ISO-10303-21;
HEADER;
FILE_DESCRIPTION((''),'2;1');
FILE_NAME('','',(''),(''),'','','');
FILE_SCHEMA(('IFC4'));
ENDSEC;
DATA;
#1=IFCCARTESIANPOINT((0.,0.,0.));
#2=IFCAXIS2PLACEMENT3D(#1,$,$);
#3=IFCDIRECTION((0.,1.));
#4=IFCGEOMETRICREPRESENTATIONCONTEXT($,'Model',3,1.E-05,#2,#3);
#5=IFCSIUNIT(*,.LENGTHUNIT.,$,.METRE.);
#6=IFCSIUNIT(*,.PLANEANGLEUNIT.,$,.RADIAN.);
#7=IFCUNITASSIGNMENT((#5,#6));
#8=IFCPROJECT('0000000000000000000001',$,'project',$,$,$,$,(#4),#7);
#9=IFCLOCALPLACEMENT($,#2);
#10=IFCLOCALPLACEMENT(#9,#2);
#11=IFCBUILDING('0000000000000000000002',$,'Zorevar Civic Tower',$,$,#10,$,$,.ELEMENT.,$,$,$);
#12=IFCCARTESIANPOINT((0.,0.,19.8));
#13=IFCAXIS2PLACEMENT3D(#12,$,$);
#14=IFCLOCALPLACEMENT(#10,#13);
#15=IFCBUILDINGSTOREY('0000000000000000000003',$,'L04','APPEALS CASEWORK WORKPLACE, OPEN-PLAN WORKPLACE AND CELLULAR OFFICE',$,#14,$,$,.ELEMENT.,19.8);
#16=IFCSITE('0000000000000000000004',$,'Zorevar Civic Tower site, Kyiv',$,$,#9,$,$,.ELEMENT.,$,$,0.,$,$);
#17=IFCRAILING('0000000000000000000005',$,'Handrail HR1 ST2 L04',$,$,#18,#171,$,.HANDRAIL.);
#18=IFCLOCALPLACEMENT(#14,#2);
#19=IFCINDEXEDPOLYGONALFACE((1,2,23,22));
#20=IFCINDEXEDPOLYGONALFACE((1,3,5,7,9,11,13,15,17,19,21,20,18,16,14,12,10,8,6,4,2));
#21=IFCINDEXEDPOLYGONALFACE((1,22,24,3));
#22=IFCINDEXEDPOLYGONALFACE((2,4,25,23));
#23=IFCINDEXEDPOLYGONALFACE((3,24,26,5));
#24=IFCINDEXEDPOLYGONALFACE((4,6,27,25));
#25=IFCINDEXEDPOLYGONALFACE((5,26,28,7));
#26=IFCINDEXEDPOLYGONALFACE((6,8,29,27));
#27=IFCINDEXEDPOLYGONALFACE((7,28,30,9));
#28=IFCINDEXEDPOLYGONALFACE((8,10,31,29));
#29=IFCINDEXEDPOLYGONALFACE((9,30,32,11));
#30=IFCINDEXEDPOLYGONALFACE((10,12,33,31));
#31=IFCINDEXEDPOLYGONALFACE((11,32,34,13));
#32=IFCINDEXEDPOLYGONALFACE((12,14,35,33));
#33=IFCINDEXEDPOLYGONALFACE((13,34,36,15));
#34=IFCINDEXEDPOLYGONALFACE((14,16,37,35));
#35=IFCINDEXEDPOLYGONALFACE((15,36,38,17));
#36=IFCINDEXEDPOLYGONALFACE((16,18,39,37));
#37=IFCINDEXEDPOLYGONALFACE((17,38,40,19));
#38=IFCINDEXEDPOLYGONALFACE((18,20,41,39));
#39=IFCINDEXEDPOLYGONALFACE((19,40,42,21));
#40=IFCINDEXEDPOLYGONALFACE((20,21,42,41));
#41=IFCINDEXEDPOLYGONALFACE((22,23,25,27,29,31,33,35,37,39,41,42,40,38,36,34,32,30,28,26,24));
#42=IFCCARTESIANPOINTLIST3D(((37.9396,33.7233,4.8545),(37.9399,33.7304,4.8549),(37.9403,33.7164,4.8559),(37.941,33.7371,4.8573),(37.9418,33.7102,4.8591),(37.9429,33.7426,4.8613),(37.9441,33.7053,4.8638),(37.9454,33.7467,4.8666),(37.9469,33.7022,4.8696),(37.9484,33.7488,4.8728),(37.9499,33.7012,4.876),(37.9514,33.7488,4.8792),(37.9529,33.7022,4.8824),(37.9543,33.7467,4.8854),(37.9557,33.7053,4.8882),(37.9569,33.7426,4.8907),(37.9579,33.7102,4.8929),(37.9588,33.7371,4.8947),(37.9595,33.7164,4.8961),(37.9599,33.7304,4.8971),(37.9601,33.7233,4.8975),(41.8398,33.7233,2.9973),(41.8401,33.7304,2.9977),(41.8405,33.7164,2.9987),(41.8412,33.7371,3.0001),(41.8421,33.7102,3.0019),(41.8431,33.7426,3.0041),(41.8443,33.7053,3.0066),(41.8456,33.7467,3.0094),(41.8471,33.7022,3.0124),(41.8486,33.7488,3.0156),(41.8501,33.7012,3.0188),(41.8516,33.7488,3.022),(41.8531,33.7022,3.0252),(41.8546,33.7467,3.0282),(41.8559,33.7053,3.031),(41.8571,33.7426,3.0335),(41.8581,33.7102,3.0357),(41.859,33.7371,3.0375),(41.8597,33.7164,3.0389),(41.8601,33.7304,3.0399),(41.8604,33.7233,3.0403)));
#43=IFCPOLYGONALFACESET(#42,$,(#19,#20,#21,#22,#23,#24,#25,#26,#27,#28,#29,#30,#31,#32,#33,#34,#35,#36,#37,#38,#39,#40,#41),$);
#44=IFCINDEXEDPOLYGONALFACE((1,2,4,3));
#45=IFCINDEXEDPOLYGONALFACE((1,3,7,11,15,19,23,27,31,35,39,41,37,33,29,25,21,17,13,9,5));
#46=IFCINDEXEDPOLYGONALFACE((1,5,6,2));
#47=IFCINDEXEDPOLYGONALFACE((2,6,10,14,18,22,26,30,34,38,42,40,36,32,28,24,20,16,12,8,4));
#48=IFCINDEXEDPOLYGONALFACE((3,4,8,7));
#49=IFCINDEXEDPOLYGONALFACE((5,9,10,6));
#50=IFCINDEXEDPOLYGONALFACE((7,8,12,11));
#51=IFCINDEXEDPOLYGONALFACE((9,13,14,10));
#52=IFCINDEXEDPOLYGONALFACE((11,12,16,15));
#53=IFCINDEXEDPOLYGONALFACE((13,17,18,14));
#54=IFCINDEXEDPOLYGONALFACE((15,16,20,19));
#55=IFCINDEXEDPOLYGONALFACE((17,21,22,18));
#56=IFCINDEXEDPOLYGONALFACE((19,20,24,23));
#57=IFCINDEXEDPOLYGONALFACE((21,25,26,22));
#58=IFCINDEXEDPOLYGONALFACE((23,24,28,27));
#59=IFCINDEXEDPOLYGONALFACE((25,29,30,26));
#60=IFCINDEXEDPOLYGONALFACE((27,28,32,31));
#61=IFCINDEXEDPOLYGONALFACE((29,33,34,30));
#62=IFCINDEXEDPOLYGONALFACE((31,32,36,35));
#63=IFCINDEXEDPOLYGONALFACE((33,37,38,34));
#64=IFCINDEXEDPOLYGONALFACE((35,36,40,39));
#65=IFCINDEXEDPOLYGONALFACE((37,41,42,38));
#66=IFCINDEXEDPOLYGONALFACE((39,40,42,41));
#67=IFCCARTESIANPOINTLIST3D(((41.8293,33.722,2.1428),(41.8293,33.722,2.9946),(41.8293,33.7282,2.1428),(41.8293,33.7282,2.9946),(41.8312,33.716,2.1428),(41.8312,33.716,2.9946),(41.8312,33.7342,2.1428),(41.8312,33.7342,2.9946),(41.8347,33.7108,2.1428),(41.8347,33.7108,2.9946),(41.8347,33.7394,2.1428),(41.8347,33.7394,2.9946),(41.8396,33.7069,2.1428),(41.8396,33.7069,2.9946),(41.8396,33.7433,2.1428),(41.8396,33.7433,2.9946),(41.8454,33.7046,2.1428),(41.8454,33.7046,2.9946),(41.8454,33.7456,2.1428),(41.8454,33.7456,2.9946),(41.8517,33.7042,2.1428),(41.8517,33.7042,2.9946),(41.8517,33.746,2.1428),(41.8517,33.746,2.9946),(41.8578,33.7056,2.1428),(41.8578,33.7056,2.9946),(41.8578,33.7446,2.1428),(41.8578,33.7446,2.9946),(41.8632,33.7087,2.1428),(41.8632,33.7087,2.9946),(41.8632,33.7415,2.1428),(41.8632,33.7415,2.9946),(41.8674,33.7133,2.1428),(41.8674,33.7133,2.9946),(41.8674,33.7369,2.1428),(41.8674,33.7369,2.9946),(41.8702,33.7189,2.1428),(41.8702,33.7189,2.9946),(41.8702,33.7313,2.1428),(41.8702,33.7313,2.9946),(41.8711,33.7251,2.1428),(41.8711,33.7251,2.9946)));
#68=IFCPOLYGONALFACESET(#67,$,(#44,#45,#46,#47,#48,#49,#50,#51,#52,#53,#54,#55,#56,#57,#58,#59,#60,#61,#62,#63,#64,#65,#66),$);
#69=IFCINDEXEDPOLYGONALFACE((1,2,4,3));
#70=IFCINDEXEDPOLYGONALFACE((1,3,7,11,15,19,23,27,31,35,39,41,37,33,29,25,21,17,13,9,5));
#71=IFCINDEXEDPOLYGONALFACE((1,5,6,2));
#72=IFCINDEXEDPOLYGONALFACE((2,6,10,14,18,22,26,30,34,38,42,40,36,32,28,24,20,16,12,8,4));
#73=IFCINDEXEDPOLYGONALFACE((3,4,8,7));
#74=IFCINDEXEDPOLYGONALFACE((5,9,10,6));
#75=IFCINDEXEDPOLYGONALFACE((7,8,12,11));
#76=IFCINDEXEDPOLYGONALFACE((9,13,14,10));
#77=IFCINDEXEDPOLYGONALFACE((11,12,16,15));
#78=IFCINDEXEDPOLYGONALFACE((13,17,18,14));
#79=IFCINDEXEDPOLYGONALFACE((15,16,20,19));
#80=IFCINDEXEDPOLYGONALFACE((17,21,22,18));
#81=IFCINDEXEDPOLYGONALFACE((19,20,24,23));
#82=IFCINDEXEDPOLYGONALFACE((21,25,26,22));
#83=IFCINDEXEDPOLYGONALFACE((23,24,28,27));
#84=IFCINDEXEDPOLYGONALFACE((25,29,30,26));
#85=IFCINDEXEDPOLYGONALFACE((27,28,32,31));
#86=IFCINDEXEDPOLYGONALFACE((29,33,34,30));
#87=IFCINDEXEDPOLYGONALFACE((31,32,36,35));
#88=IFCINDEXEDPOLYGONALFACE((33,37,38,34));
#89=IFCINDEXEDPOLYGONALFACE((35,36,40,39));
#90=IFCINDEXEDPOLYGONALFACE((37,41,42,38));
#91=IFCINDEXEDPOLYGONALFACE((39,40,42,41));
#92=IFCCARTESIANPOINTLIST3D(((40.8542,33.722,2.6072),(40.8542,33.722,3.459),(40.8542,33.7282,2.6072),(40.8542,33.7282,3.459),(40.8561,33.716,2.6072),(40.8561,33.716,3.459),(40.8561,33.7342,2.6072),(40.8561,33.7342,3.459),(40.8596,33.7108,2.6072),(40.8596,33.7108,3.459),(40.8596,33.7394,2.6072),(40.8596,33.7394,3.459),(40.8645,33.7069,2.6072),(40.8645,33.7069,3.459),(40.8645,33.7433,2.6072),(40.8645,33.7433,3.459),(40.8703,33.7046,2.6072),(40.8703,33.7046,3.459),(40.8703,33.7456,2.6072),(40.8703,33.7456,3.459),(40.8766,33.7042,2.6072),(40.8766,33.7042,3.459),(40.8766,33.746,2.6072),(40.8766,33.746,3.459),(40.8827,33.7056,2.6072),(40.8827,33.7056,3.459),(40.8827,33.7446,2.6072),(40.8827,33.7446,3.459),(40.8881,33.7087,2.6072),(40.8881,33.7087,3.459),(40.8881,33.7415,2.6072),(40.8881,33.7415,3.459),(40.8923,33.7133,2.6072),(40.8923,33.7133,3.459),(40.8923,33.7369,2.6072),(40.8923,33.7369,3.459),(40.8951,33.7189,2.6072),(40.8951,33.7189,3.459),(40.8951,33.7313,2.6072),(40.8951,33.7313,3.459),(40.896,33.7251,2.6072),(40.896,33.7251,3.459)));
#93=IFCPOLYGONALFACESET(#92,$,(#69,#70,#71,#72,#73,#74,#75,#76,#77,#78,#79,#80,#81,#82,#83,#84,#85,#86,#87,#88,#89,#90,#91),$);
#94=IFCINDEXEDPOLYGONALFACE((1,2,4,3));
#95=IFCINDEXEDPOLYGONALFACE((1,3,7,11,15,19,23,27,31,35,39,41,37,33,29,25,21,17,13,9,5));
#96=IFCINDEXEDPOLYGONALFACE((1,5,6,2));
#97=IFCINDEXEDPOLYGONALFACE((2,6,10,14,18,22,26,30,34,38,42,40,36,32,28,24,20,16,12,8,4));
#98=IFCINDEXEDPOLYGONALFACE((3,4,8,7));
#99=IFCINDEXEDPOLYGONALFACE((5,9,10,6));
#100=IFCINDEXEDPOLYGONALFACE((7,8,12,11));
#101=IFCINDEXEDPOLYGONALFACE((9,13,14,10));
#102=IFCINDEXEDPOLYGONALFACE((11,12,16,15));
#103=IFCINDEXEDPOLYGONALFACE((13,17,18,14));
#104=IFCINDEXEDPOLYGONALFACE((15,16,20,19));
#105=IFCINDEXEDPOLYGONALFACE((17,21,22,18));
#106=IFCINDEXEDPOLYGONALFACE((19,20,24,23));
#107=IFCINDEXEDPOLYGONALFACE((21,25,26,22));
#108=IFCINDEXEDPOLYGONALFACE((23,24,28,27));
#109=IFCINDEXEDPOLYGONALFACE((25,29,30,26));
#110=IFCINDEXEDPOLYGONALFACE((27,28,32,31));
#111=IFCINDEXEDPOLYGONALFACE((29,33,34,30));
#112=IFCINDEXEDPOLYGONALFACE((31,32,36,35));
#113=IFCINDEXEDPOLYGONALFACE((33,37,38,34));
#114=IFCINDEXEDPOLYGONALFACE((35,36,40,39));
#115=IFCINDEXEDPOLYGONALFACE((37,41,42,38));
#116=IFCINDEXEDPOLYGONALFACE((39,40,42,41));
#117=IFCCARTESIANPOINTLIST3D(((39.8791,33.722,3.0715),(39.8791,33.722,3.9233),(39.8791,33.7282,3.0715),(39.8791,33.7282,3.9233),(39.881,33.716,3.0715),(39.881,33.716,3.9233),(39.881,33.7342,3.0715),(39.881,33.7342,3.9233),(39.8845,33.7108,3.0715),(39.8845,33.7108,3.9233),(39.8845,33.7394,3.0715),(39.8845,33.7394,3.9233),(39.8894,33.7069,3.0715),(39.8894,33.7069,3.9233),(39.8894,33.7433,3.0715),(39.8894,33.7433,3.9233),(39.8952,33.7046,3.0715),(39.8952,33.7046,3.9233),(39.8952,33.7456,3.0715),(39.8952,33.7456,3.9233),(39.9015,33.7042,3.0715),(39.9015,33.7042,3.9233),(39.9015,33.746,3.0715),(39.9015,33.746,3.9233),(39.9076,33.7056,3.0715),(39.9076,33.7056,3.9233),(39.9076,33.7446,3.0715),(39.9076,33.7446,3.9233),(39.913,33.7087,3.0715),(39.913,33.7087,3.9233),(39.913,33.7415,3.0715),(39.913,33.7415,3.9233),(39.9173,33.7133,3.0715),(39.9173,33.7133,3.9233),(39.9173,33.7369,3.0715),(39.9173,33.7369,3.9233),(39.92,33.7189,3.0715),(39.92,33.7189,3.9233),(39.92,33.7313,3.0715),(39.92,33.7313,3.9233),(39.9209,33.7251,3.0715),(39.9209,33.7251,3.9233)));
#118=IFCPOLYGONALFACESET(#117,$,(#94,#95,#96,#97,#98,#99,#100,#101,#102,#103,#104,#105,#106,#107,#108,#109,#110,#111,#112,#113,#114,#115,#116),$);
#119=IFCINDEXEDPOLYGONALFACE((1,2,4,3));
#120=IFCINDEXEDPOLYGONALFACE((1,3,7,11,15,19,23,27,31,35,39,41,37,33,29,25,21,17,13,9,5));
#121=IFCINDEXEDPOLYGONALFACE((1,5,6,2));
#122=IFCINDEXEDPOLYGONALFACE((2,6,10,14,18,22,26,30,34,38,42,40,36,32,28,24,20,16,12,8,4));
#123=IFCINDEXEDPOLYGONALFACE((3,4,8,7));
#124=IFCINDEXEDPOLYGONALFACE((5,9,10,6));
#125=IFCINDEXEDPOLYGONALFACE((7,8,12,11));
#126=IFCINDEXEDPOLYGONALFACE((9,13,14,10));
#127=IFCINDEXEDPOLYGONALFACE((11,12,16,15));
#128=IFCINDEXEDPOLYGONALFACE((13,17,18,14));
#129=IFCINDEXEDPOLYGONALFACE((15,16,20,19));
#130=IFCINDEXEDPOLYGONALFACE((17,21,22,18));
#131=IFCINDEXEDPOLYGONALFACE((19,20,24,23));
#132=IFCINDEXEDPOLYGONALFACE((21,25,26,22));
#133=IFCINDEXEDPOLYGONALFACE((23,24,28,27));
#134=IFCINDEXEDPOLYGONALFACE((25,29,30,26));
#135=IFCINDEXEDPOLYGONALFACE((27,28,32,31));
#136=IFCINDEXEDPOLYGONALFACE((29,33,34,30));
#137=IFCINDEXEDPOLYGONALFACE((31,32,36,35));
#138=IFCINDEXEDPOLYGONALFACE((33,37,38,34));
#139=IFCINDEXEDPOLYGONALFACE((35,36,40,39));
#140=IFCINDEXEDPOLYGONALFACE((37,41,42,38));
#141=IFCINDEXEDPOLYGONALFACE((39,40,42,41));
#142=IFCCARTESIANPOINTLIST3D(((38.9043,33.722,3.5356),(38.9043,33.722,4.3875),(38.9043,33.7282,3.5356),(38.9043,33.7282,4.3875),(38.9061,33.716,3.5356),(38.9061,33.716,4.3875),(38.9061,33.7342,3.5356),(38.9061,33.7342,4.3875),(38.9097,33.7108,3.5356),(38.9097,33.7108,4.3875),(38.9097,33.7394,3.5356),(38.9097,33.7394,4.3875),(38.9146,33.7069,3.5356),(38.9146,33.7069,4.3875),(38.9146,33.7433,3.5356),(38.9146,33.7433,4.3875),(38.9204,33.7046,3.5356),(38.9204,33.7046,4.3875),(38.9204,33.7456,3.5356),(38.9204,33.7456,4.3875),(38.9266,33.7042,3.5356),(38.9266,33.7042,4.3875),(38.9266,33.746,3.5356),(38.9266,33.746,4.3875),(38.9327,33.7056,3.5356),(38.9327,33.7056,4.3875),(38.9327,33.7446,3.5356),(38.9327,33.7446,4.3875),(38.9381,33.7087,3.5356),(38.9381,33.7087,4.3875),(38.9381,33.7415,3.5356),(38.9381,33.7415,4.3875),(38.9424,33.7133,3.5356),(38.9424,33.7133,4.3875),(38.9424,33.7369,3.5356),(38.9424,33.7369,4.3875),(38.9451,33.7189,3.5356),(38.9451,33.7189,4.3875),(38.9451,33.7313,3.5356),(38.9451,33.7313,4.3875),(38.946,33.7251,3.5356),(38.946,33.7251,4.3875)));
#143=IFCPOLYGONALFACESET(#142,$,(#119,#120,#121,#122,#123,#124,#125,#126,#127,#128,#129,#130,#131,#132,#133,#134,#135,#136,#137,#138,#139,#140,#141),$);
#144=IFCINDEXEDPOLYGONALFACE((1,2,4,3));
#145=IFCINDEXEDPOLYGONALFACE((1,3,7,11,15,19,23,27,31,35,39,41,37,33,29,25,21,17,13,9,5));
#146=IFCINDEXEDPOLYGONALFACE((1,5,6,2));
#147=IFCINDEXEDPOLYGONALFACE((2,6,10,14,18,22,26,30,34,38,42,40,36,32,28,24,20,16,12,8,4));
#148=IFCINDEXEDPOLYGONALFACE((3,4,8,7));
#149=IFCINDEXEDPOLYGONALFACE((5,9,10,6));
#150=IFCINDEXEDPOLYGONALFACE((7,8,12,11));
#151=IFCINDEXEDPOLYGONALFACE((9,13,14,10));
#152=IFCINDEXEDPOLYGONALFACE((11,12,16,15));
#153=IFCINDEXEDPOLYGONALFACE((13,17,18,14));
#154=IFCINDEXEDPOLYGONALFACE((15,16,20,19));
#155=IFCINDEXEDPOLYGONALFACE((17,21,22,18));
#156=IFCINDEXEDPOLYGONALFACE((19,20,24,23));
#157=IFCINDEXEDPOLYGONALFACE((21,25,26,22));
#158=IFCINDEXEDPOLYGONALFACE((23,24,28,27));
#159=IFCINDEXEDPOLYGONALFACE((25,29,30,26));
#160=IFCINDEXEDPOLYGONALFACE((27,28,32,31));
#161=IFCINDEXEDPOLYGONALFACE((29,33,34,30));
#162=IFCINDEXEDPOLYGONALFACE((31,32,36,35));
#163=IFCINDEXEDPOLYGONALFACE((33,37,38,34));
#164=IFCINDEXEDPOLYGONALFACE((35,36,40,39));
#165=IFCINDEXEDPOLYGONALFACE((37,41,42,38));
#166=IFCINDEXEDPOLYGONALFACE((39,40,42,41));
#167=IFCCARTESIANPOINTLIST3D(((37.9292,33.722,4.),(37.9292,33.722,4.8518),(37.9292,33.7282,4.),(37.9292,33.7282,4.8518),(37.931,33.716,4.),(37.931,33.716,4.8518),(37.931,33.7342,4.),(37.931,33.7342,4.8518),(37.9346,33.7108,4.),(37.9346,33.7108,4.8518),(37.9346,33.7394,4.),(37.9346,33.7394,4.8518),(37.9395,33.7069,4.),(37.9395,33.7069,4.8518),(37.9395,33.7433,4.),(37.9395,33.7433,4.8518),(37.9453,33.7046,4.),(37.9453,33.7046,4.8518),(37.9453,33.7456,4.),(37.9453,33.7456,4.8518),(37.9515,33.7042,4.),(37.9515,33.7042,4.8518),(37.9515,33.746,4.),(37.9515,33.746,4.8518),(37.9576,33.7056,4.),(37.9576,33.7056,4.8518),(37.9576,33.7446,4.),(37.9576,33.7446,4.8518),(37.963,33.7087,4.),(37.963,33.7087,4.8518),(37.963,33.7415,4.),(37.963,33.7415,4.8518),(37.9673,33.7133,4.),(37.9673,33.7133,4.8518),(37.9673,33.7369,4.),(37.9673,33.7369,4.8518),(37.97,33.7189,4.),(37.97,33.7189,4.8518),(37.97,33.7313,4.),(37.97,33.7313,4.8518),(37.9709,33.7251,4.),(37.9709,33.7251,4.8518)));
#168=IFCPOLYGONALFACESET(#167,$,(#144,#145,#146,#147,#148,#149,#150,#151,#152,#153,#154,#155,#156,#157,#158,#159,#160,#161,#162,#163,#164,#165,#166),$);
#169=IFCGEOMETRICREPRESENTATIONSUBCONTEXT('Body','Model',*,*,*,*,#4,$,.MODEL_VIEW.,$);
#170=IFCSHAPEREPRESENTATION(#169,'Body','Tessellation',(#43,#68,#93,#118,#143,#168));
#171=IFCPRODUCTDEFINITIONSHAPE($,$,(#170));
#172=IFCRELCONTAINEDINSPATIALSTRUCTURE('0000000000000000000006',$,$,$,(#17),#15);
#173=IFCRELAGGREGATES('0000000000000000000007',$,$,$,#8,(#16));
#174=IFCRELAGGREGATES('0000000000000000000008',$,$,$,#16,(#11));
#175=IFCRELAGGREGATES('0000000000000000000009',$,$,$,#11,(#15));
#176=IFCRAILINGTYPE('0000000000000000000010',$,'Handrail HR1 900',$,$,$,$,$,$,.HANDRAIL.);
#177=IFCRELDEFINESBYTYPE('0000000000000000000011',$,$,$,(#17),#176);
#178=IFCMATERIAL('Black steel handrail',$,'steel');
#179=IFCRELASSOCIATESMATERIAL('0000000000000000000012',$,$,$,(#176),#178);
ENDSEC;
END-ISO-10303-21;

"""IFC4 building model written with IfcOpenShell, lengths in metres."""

from ifc_helpers import new_model, si_unit, direction, frame, origin, origin_2d, place, context, subcontext, project, spatial, circle, extrude, material, type_object, element, save


model = new_model("IFC4")

# Units and contexts
model_context = context("Model", 3, precision=1e-05, world=origin(), true_north=direction((0.0, 1.0)))
body_context = subcontext(model_context, "Body", "Model", "MODEL_VIEW")
ifc_project = project(units=[si_unit("LENGTHUNIT", "METRE"), si_unit("PLANEANGLEUNIT", "RADIAN")], contexts=[model_context])

# Site, building, storey
site_placement = place(None, origin())
site = spatial("IfcSite", under=ifc_project, at=site_placement, Name="Zorevar Civic Tower site, Kyiv", CompositionType="ELEMENT", RefElevation=0.0)
building_placement = place(site_placement, origin())
building = spatial("IfcBuilding", under=site, at=building_placement, Name="Zorevar Civic Tower", CompositionType="ELEMENT")
storey_placement = place(building_placement, frame((0.0, 0.0, 19.8)))
storey = spatial("IfcBuildingStorey", under=building, at=storey_placement, Name="L04", Description="APPEALS CASEWORK WORKPLACE, OPEN-PLAN WORKPLACE AND CELLULAR OFFICE", CompositionType="ELEMENT", Elevation=19.8)

# Railing
ifc_material_1 = material(Name="Black steel handrail", Category="steel")
railing_type = type_object("IfcRailingType", Name="Handrail HR1 900", PredefinedType="HANDRAIL", material=ifc_material_1)
railing_1_placement = place(storey_placement, frame((41.8501, 33.7251, 2.1428)))
element("IfcRailing", 1, at=railing_1_placement, inside=storey, type_object=railing_type, Name="Handrail HR1 ST2 L04", PredefinedType="HANDRAIL", context=body_context, shape_type="SweptSolid", body=[
    extrude(circle(Radius=0.0239, at=origin_2d()), frame((0.0, 0.0, 0.876), z_axis=(-0.902864, 0.0, 0.429927), x_axis=(0.0, -1.0, 0.0)), (0.0, 0.0, 1.0), 4.3198),
    extrude(circle(Radius=0.021, at=origin_2d()), origin(), (0.0, 0.0, 1.0), 0.8518),
    extrude(circle(Radius=0.021, at=origin_2d()), frame((-0.9751, 0.0, 0.4644)), (0.0, 0.0, 1.0), 0.8518),
    extrude(circle(Radius=0.021, at=origin_2d()), frame((-1.9502, 0.0, 0.9287)), (0.0, 0.0, 1.0), 0.8518),
    extrude(circle(Radius=0.021, at=origin_2d()), frame((-2.925, 0.0, 1.3928)), (0.0, 0.0, 1.0), 0.8518),
    extrude(circle(Radius=0.021, at=origin_2d()), frame((-3.9001, 0.0, 1.8572)), (0.0, 0.0, 1.0), 0.8518),
])

save(model, "model.ifc")
